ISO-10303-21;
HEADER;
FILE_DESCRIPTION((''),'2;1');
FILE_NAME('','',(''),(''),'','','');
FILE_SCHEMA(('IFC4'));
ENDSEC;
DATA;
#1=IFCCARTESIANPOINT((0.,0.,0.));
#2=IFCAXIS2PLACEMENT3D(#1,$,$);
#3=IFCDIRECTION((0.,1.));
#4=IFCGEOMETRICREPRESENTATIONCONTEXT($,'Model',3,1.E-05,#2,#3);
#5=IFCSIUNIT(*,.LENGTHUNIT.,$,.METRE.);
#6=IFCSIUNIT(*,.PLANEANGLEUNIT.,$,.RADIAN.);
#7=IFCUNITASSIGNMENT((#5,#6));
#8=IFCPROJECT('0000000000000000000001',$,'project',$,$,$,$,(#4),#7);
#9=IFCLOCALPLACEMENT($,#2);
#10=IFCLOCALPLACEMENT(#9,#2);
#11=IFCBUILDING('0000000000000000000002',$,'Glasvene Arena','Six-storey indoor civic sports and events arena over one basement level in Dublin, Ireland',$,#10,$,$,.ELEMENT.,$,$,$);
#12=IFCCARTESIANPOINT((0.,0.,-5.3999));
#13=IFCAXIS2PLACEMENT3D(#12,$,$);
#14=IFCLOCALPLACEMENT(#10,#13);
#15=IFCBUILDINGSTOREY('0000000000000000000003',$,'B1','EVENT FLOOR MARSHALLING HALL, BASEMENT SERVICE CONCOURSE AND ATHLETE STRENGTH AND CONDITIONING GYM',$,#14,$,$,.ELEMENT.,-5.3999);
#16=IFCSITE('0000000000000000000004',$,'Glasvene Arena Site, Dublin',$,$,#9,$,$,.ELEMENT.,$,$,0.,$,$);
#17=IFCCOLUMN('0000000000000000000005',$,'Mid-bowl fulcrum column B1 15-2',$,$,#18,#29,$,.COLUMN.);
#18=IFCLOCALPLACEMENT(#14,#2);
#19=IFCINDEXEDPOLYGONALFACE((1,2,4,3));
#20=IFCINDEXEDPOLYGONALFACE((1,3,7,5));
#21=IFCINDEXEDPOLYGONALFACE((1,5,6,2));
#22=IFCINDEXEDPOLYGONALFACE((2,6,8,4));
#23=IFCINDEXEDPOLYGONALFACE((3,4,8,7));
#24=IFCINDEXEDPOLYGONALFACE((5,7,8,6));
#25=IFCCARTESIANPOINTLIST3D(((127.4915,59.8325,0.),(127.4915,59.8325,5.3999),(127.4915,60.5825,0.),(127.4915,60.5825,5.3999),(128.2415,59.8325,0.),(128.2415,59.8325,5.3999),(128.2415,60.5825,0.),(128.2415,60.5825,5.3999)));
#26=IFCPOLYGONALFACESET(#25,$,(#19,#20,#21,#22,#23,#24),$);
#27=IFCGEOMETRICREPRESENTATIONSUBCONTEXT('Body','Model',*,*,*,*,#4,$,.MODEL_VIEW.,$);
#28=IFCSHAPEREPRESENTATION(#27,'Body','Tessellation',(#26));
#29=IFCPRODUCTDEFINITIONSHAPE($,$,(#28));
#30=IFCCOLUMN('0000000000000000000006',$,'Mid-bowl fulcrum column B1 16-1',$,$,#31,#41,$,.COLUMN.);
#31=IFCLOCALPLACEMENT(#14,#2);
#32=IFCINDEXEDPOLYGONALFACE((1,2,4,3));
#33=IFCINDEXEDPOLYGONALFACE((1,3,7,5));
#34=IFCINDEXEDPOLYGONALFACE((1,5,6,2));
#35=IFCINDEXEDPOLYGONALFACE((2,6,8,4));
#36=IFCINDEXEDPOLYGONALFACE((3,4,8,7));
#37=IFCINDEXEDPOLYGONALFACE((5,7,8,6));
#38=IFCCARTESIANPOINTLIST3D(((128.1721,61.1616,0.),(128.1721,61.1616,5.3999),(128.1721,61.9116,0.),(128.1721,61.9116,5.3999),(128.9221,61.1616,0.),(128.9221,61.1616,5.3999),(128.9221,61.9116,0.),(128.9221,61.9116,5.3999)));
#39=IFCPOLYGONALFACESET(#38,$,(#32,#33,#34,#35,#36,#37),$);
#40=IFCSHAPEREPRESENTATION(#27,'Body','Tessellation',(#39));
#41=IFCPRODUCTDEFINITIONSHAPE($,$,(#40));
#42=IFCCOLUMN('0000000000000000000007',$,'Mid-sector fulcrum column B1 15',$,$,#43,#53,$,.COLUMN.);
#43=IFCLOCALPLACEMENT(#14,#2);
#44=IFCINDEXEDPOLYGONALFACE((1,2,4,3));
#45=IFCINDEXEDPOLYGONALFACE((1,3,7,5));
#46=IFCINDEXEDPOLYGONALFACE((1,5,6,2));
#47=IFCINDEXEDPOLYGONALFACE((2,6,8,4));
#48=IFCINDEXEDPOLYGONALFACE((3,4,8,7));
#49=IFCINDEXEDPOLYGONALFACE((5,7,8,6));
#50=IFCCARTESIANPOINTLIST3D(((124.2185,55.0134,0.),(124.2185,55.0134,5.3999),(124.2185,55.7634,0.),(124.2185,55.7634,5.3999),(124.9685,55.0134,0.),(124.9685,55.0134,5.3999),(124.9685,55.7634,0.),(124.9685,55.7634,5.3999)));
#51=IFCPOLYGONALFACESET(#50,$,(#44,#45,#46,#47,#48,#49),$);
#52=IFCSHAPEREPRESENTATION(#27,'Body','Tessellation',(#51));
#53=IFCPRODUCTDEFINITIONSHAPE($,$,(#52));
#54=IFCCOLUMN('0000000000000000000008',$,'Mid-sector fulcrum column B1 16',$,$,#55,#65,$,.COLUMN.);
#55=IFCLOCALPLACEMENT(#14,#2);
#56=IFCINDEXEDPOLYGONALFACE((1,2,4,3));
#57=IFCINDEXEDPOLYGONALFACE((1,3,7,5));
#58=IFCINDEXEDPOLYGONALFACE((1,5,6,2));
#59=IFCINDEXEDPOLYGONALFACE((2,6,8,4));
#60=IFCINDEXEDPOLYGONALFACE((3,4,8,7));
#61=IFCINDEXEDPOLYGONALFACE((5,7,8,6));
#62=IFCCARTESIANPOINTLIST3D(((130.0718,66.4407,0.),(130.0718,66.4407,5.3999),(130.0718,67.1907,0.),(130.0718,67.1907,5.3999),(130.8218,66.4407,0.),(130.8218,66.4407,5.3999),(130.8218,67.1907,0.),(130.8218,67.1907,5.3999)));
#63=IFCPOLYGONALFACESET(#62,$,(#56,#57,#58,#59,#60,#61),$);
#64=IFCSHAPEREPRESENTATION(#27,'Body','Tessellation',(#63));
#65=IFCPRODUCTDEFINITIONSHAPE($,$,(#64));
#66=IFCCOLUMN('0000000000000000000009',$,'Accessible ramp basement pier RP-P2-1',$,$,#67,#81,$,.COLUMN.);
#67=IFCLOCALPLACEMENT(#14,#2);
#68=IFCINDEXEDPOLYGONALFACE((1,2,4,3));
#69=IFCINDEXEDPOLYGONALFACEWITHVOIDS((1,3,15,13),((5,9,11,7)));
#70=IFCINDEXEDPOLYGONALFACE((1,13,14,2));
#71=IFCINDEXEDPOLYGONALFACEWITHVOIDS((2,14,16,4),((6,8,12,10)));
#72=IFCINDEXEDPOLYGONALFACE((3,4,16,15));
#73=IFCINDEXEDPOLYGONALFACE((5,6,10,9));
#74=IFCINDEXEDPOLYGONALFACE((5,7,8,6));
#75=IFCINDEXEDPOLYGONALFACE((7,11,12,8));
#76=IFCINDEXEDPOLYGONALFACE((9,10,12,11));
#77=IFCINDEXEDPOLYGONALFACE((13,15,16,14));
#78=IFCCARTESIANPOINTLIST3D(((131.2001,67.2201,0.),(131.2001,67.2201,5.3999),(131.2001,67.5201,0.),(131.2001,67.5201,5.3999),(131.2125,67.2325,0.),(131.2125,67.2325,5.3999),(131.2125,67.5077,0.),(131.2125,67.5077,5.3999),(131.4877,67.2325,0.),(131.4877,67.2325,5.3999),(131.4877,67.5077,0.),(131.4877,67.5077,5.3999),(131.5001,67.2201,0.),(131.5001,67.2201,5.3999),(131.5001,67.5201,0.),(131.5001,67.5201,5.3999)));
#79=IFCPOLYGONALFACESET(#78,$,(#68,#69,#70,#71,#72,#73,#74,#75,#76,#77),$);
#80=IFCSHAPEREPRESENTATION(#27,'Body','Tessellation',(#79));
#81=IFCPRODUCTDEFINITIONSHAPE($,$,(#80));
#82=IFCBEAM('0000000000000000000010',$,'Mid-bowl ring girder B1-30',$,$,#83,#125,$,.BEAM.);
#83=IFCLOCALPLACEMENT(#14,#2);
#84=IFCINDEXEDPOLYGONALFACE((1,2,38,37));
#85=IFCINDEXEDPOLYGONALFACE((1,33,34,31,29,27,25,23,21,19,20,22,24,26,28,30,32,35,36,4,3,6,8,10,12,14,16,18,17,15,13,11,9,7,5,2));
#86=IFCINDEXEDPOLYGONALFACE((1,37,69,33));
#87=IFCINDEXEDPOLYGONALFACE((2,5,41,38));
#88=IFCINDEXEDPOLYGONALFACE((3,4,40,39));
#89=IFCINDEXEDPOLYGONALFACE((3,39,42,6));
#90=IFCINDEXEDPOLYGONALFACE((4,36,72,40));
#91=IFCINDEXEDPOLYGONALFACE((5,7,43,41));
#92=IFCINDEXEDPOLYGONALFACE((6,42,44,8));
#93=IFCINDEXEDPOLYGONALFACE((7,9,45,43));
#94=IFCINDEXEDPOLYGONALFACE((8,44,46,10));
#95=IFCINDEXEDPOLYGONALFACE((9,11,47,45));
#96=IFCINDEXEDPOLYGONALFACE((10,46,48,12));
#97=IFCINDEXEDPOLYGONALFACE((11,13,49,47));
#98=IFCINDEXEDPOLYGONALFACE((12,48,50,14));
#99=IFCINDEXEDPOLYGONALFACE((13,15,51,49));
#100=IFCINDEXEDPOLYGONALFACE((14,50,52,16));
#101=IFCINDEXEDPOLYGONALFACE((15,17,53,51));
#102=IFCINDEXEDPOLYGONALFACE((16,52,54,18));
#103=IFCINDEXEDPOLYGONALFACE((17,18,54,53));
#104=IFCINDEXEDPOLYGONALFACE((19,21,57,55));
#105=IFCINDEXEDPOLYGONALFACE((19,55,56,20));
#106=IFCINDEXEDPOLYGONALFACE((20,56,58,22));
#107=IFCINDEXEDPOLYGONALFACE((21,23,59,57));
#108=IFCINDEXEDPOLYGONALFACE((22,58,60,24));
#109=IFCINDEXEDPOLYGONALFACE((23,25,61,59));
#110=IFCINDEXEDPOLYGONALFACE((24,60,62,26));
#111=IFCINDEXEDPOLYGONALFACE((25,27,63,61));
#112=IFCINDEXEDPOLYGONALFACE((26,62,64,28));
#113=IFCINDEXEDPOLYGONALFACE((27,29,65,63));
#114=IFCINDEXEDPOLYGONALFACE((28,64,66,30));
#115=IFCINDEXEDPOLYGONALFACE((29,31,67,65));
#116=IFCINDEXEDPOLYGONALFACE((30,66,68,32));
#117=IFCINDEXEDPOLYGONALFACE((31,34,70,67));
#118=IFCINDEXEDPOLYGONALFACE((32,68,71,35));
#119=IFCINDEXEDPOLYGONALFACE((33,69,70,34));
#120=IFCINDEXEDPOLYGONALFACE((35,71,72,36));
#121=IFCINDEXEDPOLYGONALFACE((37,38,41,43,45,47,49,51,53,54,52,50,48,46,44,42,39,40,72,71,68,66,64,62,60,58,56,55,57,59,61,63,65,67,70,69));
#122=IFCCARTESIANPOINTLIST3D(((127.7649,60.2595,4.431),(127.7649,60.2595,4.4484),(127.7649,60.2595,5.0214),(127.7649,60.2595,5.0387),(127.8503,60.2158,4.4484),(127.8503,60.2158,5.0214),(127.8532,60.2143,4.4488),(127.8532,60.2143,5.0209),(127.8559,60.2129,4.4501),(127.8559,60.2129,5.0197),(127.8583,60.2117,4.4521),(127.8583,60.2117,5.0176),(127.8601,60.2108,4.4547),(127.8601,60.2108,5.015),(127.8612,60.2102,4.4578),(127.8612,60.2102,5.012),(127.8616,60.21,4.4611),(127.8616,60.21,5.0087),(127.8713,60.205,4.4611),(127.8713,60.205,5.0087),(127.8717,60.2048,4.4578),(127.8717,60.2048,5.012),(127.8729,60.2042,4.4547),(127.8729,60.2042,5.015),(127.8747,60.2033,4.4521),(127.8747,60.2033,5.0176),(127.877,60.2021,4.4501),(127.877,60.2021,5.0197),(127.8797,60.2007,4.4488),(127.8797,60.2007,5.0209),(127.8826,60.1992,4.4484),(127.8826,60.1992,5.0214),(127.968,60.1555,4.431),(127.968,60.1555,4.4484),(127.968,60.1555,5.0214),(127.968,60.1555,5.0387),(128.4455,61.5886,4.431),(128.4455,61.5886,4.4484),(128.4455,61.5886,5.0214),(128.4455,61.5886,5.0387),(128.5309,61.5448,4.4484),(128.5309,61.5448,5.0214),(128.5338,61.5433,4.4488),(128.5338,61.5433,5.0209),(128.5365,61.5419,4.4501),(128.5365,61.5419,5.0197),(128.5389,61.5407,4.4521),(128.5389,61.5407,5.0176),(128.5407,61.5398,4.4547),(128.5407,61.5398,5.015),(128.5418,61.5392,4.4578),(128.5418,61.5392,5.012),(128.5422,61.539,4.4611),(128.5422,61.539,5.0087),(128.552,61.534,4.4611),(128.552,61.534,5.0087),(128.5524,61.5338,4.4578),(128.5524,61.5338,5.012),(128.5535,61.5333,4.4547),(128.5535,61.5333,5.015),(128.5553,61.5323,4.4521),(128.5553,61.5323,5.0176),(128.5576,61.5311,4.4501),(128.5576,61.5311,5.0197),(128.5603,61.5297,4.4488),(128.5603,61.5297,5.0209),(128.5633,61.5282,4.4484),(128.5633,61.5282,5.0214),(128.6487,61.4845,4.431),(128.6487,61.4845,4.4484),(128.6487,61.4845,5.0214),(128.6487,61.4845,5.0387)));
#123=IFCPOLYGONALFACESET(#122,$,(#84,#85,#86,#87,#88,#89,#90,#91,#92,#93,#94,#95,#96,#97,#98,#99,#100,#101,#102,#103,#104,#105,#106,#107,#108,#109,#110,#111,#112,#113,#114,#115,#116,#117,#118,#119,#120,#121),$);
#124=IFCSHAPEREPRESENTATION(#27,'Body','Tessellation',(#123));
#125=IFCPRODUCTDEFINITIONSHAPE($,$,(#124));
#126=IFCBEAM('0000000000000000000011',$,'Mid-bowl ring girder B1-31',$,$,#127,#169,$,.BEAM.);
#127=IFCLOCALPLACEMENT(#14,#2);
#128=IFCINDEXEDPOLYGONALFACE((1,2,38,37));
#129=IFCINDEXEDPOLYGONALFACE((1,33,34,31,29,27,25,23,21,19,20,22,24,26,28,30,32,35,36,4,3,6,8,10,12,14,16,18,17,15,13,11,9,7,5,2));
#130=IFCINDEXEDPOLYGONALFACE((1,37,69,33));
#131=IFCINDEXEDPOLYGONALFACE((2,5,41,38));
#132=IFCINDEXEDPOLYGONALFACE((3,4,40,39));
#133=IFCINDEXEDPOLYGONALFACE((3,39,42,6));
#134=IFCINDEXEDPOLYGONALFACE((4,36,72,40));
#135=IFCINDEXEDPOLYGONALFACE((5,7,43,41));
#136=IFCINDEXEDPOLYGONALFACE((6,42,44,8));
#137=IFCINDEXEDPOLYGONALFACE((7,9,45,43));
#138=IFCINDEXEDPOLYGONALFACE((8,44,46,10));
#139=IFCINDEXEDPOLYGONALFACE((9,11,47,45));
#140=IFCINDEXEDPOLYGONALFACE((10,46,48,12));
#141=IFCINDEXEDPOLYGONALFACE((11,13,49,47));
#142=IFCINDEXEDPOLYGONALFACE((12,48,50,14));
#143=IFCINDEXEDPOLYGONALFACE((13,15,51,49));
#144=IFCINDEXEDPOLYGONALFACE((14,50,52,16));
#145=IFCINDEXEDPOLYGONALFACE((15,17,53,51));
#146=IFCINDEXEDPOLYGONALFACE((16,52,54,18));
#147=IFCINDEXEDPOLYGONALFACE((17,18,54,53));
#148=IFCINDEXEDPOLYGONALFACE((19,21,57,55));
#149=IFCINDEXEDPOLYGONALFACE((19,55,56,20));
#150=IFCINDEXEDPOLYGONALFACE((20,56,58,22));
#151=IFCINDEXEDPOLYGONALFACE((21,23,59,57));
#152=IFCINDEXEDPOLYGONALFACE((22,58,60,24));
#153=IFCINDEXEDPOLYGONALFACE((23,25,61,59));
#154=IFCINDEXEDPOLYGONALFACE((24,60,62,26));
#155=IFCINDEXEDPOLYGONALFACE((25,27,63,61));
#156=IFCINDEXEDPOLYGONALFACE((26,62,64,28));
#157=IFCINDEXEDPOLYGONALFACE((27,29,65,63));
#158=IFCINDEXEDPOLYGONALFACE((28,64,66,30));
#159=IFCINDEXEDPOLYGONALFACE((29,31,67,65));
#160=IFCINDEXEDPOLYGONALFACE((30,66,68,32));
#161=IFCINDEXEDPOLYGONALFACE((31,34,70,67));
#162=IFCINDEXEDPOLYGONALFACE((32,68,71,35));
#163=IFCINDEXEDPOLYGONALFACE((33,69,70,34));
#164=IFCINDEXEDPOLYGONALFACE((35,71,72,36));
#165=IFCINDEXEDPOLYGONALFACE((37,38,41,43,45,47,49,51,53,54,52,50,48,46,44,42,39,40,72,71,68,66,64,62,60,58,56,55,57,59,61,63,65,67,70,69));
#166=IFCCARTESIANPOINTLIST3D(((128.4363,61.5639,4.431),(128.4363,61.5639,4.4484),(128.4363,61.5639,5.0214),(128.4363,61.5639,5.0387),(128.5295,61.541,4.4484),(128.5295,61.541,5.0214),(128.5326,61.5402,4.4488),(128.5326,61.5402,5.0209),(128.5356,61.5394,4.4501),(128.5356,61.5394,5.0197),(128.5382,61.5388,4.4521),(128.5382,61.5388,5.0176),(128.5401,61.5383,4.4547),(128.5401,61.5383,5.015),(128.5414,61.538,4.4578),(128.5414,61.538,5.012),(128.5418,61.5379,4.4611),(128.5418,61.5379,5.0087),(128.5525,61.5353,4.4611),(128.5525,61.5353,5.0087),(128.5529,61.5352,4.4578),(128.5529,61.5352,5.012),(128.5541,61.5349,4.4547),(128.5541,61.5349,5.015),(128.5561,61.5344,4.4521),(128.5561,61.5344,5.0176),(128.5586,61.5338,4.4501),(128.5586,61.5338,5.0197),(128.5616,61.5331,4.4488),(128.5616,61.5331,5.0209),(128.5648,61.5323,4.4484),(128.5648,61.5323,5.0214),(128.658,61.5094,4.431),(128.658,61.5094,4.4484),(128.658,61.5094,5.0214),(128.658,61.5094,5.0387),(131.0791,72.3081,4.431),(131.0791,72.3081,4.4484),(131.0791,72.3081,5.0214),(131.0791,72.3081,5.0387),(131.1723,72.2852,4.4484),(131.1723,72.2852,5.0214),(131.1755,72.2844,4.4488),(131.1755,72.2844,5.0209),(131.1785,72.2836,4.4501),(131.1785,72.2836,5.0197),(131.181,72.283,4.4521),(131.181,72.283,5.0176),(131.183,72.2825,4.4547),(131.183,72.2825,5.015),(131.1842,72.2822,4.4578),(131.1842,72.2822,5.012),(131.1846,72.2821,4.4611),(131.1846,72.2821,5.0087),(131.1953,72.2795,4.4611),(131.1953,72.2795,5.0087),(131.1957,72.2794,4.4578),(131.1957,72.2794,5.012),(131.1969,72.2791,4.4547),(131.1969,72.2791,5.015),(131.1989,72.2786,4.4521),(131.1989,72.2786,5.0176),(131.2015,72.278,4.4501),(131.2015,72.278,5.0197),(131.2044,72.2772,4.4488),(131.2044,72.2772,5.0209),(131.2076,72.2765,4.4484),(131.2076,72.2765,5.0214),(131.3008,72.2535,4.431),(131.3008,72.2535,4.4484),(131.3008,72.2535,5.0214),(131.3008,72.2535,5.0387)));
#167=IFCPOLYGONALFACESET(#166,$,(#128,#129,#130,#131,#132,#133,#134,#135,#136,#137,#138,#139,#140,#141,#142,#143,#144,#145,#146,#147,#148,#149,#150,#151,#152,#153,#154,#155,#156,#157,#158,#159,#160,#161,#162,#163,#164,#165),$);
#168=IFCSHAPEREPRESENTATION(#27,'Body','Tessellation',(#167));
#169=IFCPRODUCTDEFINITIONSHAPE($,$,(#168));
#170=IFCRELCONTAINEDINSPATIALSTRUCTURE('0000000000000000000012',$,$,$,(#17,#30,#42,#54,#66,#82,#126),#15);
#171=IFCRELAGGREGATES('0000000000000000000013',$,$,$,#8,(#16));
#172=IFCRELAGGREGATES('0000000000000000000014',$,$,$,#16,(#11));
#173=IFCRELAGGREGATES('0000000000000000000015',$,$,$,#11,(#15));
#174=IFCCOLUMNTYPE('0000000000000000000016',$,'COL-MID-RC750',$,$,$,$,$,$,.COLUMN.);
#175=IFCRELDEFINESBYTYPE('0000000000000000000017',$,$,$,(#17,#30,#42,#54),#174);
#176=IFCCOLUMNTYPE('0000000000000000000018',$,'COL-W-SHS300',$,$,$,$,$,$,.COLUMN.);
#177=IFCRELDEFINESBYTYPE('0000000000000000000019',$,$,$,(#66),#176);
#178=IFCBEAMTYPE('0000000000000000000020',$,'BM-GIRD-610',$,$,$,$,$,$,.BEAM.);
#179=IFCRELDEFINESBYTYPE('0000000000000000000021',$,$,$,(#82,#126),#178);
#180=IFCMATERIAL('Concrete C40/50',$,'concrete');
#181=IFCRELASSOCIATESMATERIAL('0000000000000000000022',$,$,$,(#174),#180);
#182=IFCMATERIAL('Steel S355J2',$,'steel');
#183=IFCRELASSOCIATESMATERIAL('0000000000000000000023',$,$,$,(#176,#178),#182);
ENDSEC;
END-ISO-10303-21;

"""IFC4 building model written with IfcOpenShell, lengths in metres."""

from ifc_helpers import new_model, si_unit, direction, frame, origin, origin_2d, place, context, subcontext, project, spatial, rectangle, hollow_rectangle, i_section, extrude, material, material_profile, profile_set, type_object, element, save


model = new_model("IFC4")

# Units and contexts
model_context = context("Model", 3, precision=1e-05, world=origin(), true_north=direction((0.0, 1.0)))
body_context = subcontext(model_context, "Body", "Model", "MODEL_VIEW")
ifc_project = project(units=[si_unit("LENGTHUNIT", "METRE"), si_unit("PLANEANGLEUNIT", "RADIAN")], contexts=[model_context])

# Site, building, storey
site_placement = place(None, origin())
site = spatial("IfcSite", under=ifc_project, at=site_placement, Name="Glasvene Arena Site, Dublin", CompositionType="ELEMENT", RefElevation=0.0)
building_placement = place(site_placement, origin())
building = spatial("IfcBuilding", under=site, at=building_placement, Name="Glasvene Arena", Description="Six-storey indoor civic sports and events arena over one basement level in Dublin, Ireland", CompositionType="ELEMENT")
storey_placement = place(building_placement, frame((0.0, 0.0, -5.3999)))
storey = spatial("IfcBuildingStorey", under=building, at=storey_placement, Name="B1", Description="EVENT FLOOR MARSHALLING HALL, BASEMENT SERVICE CONCOURSE AND ATHLETE STRENGTH AND CONDITIONING GYM", CompositionType="ELEMENT", Elevation=-5.3999)

# Shared definitions
ifc_material_1 = material(Name="Concrete C40/50", Category="concrete")

# Columns
ifc_material_profile_1 = material_profile(ifc_material_1, rectangle(XDim=0.75, YDim=0.75, at=origin_2d()), Name="RC 750x750")
ifc_profile_set_1 = profile_set([ifc_material_profile_1], Name="Concrete C40/50")
column_type_1 = type_object("IfcColumnType", Name="COL-MID-RC750", PredefinedType="COLUMN", material=ifc_profile_set_1)
for number, where, z_axis, x_axis, name in (
    (1, (127.8665, 60.2075, 0.0), (0.0, 0.0, 1.0), (1.0, 0.0, 0.0), "Mid-bowl fulcrum column B1 15-2"),
    (2, (128.5471, 61.5366, 0.0), (0.0, 0.0, 1.0), (1.0, 0.0, 0.0), "Mid-bowl fulcrum column B1 16-1"),
    (3, (124.5935, 55.3884, 0.0), (0.0, 0.0, 1.0), (1.0, 0.0, 0.0), "Mid-sector fulcrum column B1 15"),
    (4, (130.4468, 66.8157, 0.0), (0.0, 0.0, 1.0), (1.0, 0.0, 0.0), "Mid-sector fulcrum column B1 16"),
):
    element("IfcColumn", number, at=place(storey_placement, frame(where, z_axis=z_axis, x_axis=x_axis)), inside=storey, type_object=column_type_1, Name=name, PredefinedType="COLUMN", context=body_context, shape_type="SweptSolid", body=[
        extrude(rectangle(XDim=0.75, YDim=0.75, at=origin_2d()), origin(), (0.0, 0.0, 1.0), 5.3999),
    ])
ifc_material_2 = material(Name="Steel S355J2", Category="steel")
ifc_material_profile_2 = material_profile(ifc_material_2, hollow_rectangle(XDim=0.3, YDim=0.3, WallThickness=0.0125, at=origin_2d()), Name="SHS 300x300x12.5")
ifc_profile_set_2 = profile_set([ifc_material_profile_2], Name="Steel S355J2")
column_type_2 = type_object("IfcColumnType", Name="COL-W-SHS300", PredefinedType="COLUMN", material=ifc_profile_set_2)
column_1_placement = place(storey_placement, frame((131.3501, 67.3701, 0.0), z_axis=(0.0, 0.0, 1.0), x_axis=(1.0, 0.0, 0.0)))
element("IfcColumn", 5, at=column_1_placement, inside=storey, type_object=column_type_2, Name="Accessible ramp basement pier RP-P2-1", PredefinedType="COLUMN", context=body_context, shape_type="SweptSolid", body=[
    extrude(hollow_rectangle(XDim=0.3, YDim=0.3, WallThickness=0.0125, at=origin_2d()), origin(), (0.0, 0.0, 1.0), 5.3999),
])

# Beams
ifc_material_profile_3 = material_profile(ifc_material_2, i_section(OverallWidth=0.2283, OverallDepth=0.6077, WebThickness=0.011, FlangeThickness=0.0173, FilletRadius=0.0127, at=origin_2d()), Name="UKB 610x229x113")
ifc_profile_set_3 = profile_set([ifc_material_profile_3], Name="Steel S355J2")
beam_type_1 = type_object("IfcBeamType", Name="BM-GIRD-610", PredefinedType="BEAM", material=ifc_profile_set_3)
beam_1_placement = place(storey_placement, frame((127.8665, 60.2075, 4.7349), z_axis=(0.455825, 0.890069, 0.0), x_axis=(-0.890069, 0.455825, 0.0)))
element("IfcBeam", 6, at=beam_1_placement, inside=storey, type_object=beam_type_1, Name="Mid-bowl ring girder B1-30", PredefinedType="BEAM", context=body_context, shape_type="SweptSolid", body=[
    extrude(i_section(OverallWidth=0.2283, OverallDepth=0.6077, WebThickness=0.011, FlangeThickness=0.0173, FilletRadius=0.0127, at=origin_2d()), origin(), (0.0, 0.0, 1.0), 1.4932),
])
beam_2_placement = place(storey_placement, frame((128.5471, 61.5366, 4.7349), z_axis=(0.238858, 0.971054, 0.0), x_axis=(-0.971054, 0.238858, 0.0)))
element("IfcBeam", 7, at=beam_2_placement, inside=storey, type_object=beam_type_1, Name="Mid-bowl ring girder B1-31", PredefinedType="BEAM", context=body_context, shape_type="SweptSolid", body=[
    extrude(i_section(OverallWidth=0.2283, OverallDepth=0.6077, WebThickness=0.011, FlangeThickness=0.0173, FilletRadius=0.0127, at=origin_2d()), origin(), (0.0, 0.0, 1.0), 11.0645),
])

save(model, "model.ifc")
